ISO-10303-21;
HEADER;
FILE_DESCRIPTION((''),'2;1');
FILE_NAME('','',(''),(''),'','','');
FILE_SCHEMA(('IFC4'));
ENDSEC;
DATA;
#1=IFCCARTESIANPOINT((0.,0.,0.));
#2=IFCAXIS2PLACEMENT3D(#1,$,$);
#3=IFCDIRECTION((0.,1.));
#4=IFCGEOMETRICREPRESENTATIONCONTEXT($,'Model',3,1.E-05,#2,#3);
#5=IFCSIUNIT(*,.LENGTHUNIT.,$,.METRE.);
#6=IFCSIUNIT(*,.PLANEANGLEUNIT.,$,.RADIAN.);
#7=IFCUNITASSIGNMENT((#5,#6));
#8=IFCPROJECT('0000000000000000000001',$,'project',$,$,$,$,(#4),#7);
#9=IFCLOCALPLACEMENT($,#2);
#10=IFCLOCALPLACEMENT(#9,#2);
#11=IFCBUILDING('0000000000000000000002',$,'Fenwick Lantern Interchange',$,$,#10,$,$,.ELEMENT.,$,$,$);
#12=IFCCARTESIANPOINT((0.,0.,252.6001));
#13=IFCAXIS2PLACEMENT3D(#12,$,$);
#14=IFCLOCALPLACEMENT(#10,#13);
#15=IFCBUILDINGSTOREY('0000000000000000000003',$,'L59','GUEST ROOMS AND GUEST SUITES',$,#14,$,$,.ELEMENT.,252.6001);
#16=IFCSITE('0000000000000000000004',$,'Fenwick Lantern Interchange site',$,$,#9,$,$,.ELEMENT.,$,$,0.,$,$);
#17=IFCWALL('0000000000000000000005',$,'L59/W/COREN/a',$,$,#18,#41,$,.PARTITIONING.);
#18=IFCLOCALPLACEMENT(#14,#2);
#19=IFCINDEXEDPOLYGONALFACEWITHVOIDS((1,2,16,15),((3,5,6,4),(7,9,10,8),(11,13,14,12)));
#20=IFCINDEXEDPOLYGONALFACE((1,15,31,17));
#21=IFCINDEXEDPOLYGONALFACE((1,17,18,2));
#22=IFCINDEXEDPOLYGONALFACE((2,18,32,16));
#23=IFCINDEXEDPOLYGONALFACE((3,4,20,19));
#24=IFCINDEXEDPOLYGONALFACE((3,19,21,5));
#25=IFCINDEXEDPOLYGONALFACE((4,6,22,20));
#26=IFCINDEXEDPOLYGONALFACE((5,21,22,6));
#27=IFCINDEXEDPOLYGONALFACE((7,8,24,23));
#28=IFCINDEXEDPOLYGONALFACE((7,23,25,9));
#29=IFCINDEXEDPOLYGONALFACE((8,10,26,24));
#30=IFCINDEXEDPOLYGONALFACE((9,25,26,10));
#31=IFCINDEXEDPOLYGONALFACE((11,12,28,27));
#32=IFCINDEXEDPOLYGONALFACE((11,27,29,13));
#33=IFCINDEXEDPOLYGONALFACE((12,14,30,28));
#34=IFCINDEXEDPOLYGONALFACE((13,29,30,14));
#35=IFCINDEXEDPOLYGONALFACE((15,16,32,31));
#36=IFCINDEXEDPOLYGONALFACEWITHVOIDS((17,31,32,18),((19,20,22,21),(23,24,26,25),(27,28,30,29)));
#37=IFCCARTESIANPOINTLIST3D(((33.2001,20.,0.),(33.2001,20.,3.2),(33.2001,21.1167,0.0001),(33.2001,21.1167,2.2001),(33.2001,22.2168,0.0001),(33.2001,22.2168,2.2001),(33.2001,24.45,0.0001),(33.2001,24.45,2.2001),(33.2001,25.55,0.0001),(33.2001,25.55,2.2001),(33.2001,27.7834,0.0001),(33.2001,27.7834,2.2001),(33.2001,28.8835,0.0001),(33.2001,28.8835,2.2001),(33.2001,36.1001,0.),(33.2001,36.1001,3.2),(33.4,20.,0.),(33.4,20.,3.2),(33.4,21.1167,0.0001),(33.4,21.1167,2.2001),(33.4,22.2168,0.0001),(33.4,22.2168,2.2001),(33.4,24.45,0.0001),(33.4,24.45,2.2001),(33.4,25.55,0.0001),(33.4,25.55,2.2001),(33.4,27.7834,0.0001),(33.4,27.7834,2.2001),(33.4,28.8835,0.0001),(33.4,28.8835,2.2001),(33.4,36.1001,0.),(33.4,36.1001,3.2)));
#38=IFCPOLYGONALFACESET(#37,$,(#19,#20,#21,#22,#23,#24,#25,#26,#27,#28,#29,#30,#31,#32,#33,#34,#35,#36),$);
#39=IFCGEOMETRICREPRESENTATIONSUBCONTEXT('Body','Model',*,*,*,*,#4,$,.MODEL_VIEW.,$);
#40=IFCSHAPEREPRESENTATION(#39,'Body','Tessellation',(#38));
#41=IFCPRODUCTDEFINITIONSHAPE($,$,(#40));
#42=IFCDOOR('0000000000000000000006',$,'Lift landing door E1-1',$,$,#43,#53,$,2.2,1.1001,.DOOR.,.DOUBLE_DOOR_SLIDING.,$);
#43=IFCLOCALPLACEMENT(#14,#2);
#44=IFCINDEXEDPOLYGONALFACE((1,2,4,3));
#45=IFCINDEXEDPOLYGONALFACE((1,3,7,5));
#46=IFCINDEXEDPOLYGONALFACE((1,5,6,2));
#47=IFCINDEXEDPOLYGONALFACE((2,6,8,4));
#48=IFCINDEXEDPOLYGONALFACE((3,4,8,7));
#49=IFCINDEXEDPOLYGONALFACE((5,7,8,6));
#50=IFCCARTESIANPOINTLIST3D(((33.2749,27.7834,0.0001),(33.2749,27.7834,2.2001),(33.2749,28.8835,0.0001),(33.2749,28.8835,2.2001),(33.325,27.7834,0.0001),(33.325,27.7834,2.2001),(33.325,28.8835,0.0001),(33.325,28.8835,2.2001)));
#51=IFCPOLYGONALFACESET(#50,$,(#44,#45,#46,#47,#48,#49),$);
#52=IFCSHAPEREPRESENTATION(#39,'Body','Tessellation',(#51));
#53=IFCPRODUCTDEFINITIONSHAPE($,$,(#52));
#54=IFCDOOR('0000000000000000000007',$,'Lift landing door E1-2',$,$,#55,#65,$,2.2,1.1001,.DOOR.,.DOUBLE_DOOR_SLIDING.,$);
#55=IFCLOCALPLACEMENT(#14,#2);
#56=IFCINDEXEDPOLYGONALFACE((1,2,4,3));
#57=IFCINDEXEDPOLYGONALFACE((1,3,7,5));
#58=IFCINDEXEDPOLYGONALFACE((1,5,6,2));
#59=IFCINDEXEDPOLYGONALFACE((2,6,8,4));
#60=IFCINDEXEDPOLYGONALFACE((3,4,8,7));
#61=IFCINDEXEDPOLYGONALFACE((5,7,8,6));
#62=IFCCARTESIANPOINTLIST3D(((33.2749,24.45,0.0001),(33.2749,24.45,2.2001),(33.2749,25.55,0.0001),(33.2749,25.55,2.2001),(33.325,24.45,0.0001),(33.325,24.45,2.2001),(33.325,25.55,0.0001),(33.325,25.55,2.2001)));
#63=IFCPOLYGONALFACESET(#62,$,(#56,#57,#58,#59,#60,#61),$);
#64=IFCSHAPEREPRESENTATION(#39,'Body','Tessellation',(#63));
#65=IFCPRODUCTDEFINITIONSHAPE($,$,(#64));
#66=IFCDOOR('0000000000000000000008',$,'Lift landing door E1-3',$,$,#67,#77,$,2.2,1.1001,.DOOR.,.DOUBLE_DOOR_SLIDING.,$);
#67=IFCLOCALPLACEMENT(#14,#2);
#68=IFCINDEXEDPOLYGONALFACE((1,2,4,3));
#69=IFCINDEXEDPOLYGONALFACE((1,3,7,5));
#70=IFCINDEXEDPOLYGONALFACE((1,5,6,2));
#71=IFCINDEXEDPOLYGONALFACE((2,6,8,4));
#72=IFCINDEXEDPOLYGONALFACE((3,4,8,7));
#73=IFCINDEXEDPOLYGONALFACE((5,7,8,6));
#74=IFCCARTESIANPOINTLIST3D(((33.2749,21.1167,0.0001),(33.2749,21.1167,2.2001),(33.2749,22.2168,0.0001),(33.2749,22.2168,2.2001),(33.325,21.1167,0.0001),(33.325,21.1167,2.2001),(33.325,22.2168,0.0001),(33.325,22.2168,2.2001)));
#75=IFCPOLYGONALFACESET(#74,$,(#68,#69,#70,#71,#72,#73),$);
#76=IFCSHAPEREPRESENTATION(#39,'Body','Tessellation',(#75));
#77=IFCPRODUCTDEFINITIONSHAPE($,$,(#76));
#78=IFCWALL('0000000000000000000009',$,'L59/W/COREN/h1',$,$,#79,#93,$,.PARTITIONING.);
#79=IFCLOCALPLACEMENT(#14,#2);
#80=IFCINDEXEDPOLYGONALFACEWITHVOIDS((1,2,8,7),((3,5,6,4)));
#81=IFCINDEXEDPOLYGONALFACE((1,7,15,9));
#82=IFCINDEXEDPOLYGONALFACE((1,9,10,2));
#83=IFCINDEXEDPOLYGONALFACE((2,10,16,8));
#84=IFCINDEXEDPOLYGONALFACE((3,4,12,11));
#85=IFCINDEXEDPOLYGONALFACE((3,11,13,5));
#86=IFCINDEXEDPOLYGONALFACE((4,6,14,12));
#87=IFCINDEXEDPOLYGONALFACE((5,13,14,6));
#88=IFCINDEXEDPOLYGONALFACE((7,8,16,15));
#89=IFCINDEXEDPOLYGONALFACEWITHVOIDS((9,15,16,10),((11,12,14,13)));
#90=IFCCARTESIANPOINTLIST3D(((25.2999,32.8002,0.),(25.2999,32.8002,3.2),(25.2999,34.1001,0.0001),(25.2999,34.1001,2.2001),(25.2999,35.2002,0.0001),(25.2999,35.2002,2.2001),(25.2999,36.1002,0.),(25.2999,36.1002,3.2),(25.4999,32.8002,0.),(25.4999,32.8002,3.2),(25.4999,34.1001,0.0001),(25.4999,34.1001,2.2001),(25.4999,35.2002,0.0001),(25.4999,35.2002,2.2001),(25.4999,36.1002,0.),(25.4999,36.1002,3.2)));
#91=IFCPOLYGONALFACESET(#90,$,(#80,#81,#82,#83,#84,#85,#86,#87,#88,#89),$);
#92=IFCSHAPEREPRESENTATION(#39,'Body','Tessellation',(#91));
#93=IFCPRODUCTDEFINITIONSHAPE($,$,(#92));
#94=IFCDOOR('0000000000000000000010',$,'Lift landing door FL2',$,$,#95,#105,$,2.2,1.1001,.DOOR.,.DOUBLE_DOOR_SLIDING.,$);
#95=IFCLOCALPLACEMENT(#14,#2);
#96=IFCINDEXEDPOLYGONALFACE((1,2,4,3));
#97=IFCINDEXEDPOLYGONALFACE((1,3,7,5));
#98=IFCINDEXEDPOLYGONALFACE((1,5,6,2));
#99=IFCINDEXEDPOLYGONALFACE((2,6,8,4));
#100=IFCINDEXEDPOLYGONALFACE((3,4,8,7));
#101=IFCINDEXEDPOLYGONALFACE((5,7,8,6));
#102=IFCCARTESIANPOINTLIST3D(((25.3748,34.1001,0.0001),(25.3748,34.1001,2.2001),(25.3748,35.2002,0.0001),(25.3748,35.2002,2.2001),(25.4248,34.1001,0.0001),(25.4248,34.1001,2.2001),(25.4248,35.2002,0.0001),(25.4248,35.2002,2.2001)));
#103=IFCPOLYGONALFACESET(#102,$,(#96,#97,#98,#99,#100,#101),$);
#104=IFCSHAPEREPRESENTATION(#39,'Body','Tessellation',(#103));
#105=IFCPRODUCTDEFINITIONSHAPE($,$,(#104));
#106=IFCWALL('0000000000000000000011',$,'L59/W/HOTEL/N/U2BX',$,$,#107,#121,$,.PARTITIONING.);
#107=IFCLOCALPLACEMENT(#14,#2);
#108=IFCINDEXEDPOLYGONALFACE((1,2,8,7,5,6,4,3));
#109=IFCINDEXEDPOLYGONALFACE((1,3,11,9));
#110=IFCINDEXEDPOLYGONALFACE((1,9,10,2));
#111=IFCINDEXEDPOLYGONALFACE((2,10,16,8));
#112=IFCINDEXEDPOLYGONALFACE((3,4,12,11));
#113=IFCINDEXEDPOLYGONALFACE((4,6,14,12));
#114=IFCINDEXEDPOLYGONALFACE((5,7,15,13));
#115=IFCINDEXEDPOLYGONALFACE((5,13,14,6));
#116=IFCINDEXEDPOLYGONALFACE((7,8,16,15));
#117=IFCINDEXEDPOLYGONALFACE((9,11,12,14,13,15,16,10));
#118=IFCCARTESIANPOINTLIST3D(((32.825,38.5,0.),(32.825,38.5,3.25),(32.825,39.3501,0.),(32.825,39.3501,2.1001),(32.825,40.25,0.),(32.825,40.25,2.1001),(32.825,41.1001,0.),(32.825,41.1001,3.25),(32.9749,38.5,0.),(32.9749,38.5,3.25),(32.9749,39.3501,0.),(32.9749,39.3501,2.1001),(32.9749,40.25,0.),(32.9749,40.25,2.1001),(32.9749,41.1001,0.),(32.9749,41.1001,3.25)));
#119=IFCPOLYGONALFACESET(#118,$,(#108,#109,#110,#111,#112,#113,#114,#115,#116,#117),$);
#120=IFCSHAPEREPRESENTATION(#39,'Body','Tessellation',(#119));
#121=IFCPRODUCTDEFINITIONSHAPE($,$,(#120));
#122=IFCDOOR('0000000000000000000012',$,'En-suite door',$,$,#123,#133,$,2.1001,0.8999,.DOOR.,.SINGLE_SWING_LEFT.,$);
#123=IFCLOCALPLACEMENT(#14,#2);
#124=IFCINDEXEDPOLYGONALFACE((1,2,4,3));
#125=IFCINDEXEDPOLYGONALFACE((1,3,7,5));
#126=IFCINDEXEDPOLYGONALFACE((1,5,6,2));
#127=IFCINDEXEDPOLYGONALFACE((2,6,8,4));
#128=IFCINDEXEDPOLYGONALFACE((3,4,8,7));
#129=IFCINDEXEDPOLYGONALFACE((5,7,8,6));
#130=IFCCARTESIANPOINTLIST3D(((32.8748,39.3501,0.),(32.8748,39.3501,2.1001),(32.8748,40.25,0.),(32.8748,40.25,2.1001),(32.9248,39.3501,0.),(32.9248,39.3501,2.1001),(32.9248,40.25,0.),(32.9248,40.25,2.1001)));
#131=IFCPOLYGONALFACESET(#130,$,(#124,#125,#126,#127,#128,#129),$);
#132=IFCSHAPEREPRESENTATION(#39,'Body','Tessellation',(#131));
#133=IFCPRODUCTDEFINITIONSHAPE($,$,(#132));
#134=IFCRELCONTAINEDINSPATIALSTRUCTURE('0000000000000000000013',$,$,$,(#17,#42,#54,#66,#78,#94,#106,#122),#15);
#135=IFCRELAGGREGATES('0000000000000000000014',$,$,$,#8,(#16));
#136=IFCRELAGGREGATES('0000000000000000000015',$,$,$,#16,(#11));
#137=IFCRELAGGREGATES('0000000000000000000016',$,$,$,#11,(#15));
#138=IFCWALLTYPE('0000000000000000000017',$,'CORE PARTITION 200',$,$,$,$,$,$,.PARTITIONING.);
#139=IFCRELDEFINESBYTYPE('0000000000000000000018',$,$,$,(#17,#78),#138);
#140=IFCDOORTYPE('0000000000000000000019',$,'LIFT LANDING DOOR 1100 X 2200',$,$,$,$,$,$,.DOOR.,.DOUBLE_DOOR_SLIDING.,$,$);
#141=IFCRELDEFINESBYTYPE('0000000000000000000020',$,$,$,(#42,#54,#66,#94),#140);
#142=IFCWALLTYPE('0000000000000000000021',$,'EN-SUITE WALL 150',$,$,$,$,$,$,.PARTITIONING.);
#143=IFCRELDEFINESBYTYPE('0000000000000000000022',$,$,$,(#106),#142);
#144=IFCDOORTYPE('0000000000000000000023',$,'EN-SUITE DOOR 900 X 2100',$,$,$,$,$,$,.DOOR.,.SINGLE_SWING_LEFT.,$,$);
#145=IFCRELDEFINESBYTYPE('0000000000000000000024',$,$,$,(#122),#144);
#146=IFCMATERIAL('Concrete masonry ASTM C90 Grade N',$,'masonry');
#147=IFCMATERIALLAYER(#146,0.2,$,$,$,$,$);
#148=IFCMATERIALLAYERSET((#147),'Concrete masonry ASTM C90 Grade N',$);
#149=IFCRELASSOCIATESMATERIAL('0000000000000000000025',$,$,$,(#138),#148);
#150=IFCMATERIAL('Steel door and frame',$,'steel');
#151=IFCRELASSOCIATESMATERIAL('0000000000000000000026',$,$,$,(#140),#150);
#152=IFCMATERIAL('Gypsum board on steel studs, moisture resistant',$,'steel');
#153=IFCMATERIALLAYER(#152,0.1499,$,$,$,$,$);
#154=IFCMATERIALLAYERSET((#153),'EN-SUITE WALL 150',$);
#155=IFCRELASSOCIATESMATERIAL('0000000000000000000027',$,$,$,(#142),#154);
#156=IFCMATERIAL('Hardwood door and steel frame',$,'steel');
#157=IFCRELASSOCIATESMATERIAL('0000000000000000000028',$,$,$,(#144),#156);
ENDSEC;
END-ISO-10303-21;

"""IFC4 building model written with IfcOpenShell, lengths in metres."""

from ifc_helpers import new_model, si_unit, direction, frame, frame_2d, origin, place, context, subcontext, project, spatial, rectangle, extrude, material, layer, layer_set, type_object, element, fill, save


model = new_model("IFC4")

# Units and contexts
model_context = context("Model", 3, precision=1e-05, world=origin(), true_north=direction((0.0, 1.0)))
body_context = subcontext(model_context, "Body", "Model", "MODEL_VIEW")
ifc_project = project(units=[si_unit("LENGTHUNIT", "METRE"), si_unit("PLANEANGLEUNIT", "RADIAN")], contexts=[model_context])

# Site, building, storey
site_placement = place(None, origin())
site = spatial("IfcSite", under=ifc_project, at=site_placement, Name="Fenwick Lantern Interchange site", CompositionType="ELEMENT", RefElevation=0.0)
building_placement = place(site_placement, origin())
building = spatial("IfcBuilding", under=site, at=building_placement, Name="Fenwick Lantern Interchange", CompositionType="ELEMENT")
storey_placement = place(building_placement, frame((0.0, 0.0, 252.6001)))
storey = spatial("IfcBuildingStorey", under=building, at=storey_placement, Name="L59", Description="GUEST ROOMS AND GUEST SUITES", CompositionType="ELEMENT", Elevation=252.6001)

# Wall, openings, doors
ifc_material_1 = material(Name="Concrete masonry ASTM C90 Grade N", Category="masonry")
ifc_layer_1 = layer(ifc_material_1, 0.2)
ifc_layer_set_1 = layer_set([ifc_layer_1], Name="Concrete masonry ASTM C90 Grade N")
wall_type_1 = type_object("IfcWallType", Name="CORE PARTITION 200", PredefinedType="PARTITIONING", material=ifc_layer_set_1)
wall_1_placement = place(storey_placement, frame((33.3, 36.1001, 0.0), z_axis=(0.0, 0.0, 1.0), x_axis=(0.0, -1.0, 0.0)))
wall_1 = element("IfcWall", 1, at=wall_1_placement, inside=storey, type_object=wall_type_1, Name="L59/W/COREN/a", PredefinedType="PARTITIONING", context=body_context, shape_type="SweptSolid", body=[
    extrude(rectangle(XDim=16.1001, YDim=0.2, at=frame_2d((8.05, 0.0))), origin(), (0.0, 0.0, 1.0), 3.2),
])
opening_1_placement = place(wall_1_placement, frame((7.2166, 0.0, 0.0)))
opening_1 = element("IfcOpeningElement", 2, at=opening_1_placement, cuts=wall_1, PredefinedType="OPENING", context=body_context, shape_type="SweptSolid", body=[
    extrude(rectangle(XDim=1.1001, YDim=2.2, at=frame_2d((0.55, 1.1001))), frame((0.0, 0.1099, 0.0), z_axis=(0.0, -1.0, 0.0), x_axis=(1.0, 0.0, 0.0)), (0.0, 0.0, 1.0), 0.22),
])
opening_2_placement = place(wall_1_placement, frame((10.55, 0.0, 0.0)))
opening_2 = element("IfcOpeningElement", 3, at=opening_2_placement, cuts=wall_1, PredefinedType="OPENING", context=body_context, shape_type="SweptSolid", body=[
    extrude(rectangle(XDim=1.1001, YDim=2.2, at=frame_2d((0.55, 1.1001))), frame((0.0, 0.1099, 0.0), z_axis=(0.0, -1.0, 0.0), x_axis=(1.0, 0.0, 0.0)), (0.0, 0.0, 1.0), 0.22),
])
opening_3_placement = place(wall_1_placement, frame((13.8833, 0.0, 0.0)))
opening_3 = element("IfcOpeningElement", 4, at=opening_3_placement, cuts=wall_1, PredefinedType="OPENING", context=body_context, shape_type="SweptSolid", body=[
    extrude(rectangle(XDim=1.1001, YDim=2.2, at=frame_2d((0.55, 1.1001))), frame((0.0, 0.1099, 0.0), z_axis=(0.0, -1.0, 0.0), x_axis=(1.0, 0.0, 0.0)), (0.0, 0.0, 1.0), 0.22),
])
ifc_material_2 = material(Name="Steel door and frame", Category="steel")
door_type_1 = type_object("IfcDoorType", Name="LIFT LANDING DOOR 1100 X 2200", OperationType="DOUBLE_DOOR_SLIDING", PredefinedType="DOOR", material=ifc_material_2)
door_1_placement = place(opening_1_placement, origin())
door_1 = element("IfcDoor", 5, at=door_1_placement, inside=storey, type_object=door_type_1, Name="Lift landing door E1-1", OperationType="DOUBLE_DOOR_SLIDING", OverallHeight=2.2, OverallWidth=1.1001, PredefinedType="DOOR", context=body_context, shape_type="SweptSolid", body=[
    extrude(rectangle(XDim=1.1001, YDim=2.2, at=frame_2d((0.55, 1.1001))), frame((0.0, 0.0249, 0.0), z_axis=(0.0, -1.0, 0.0), x_axis=(1.0, 0.0, 0.0)), (0.0, 0.0, 1.0), 0.05),
])
fill(opening_1, door_1)
door_2_placement = place(opening_2_placement, origin())
door_2 = element("IfcDoor", 6, at=door_2_placement, inside=storey, type_object=door_type_1, Name="Lift landing door E1-2", OperationType="DOUBLE_DOOR_SLIDING", OverallHeight=2.2, OverallWidth=1.1001, PredefinedType="DOOR", context=body_context, shape_type="SweptSolid", body=[
    extrude(rectangle(XDim=1.1001, YDim=2.2, at=frame_2d((0.55, 1.1001))), frame((0.0, 0.0249, 0.0), z_axis=(0.0, -1.0, 0.0), x_axis=(1.0, 0.0, 0.0)), (0.0, 0.0, 1.0), 0.05),
])
fill(opening_2, door_2)
door_3_placement = place(opening_3_placement, origin())
door_3 = element("IfcDoor", 7, at=door_3_placement, inside=storey, type_object=door_type_1, Name="Lift landing door E1-3", OperationType="DOUBLE_DOOR_SLIDING", OverallHeight=2.2, OverallWidth=1.1001, PredefinedType="DOOR", context=body_context, shape_type="SweptSolid", body=[
    extrude(rectangle(XDim=1.1001, YDim=2.2, at=frame_2d((0.55, 1.1001))), frame((0.0, 0.0249, 0.0), z_axis=(0.0, -1.0, 0.0), x_axis=(1.0, 0.0, 0.0)), (0.0, 0.0, 1.0), 0.05),
])
fill(opening_3, door_3)

# Walls, openings, doors
wall_2_placement = place(storey_placement, frame((25.3999, 36.1001, 0.0), z_axis=(0.0, 0.0, 1.0), x_axis=(0.0, -1.0, 0.0)))
wall_2 = element("IfcWall", 8, at=wall_2_placement, inside=storey, type_object=wall_type_1, Name="L59/W/COREN/h1", PredefinedType="PARTITIONING", context=body_context, shape_type="SweptSolid", body=[
    extrude(rectangle(XDim=3.3, YDim=0.2, at=frame_2d((1.6499, 0.0))), origin(), (0.0, 0.0, 1.0), 3.2),
])
opening_4_placement = place(wall_2_placement, frame((0.8999, 0.0, 0.0)))
opening_4 = element("IfcOpeningElement", 9, at=opening_4_placement, cuts=wall_2, PredefinedType="OPENING", context=body_context, shape_type="SweptSolid", body=[
    extrude(rectangle(XDim=1.1001, YDim=2.2, at=frame_2d((0.55, 1.1001))), frame((0.0, 0.1099, 0.0), z_axis=(0.0, -1.0, 0.0), x_axis=(1.0, 0.0, 0.0)), (0.0, 0.0, 1.0), 0.22),
])
door_4_placement = place(opening_4_placement, origin())
door_4 = element("IfcDoor", 10, at=door_4_placement, inside=storey, type_object=door_type_1, Name="Lift landing door FL2", OperationType="DOUBLE_DOOR_SLIDING", OverallHeight=2.2, OverallWidth=1.1001, PredefinedType="DOOR", context=body_context, shape_type="SweptSolid", body=[
    extrude(rectangle(XDim=1.1001, YDim=2.2, at=frame_2d((0.55, 1.1001))), frame((0.0, 0.0249, 0.0), z_axis=(0.0, -1.0, 0.0), x_axis=(1.0, 0.0, 0.0)), (0.0, 0.0, 1.0), 0.05),
])
fill(opening_4, door_4)
ifc_material_3 = material(Name="Gypsum board on steel studs, moisture resistant", Category="steel")
ifc_layer_2 = layer(ifc_material_3, 0.1499)
ifc_layer_set_2 = layer_set([ifc_layer_2], Name="EN-SUITE WALL 150")
wall_type_2 = type_object("IfcWallType", Name="EN-SUITE WALL 150", PredefinedType="PARTITIONING", material=ifc_layer_set_2)
wall_3_placement = place(storey_placement, frame((32.8999, 41.1001, 0.0), z_axis=(0.0, 0.0, 1.0), x_axis=(0.0, -1.0, 0.0)))
wall_3 = element("IfcWall", 11, at=wall_3_placement, inside=storey, type_object=wall_type_2, Name="L59/W/HOTEL/N/U2BX", PredefinedType="PARTITIONING", context=body_context, shape_type="SweptSolid", body=[
    extrude(rectangle(XDim=2.6001, YDim=0.1499, at=frame_2d((1.3, 0.0))), origin(), (0.0, 0.0, 1.0), 3.25),
])
opening_5_placement = place(wall_3_placement, frame((0.8501, 0.0, 0.0)))
opening_5 = element("IfcOpeningElement", 12, at=opening_5_placement, cuts=wall_3, PredefinedType="OPENING", context=body_context, shape_type="SweptSolid", body=[
    extrude(rectangle(XDim=0.8999, YDim=2.1001, at=frame_2d((0.45, 1.05))), frame((0.0, 0.085, 0.0), z_axis=(0.0, -1.0, 0.0), x_axis=(1.0, 0.0, 0.0)), (0.0, 0.0, 1.0), 0.1699),
])
ifc_material_4 = material(Name="Hardwood door and steel frame", Category="steel")
door_type_2 = type_object("IfcDoorType", Name="EN-SUITE DOOR 900 X 2100", OperationType="SINGLE_SWING_LEFT", PredefinedType="DOOR", material=ifc_material_4)
door_5_placement = place(opening_5_placement, origin())
door_5 = element("IfcDoor", 13, at=door_5_placement, inside=storey, type_object=door_type_2, Name="En-suite door", OperationType="SINGLE_SWING_LEFT", OverallHeight=2.1001, OverallWidth=0.8999, PredefinedType="DOOR", context=body_context, shape_type="SweptSolid", body=[
    extrude(rectangle(XDim=0.8999, YDim=2.1001, at=frame_2d((0.45, 1.05))), frame((0.0, 0.0249, 0.0), z_axis=(0.0, -1.0, 0.0), x_axis=(1.0, 0.0, 0.0)), (0.0, 0.0, 1.0), 0.05),
])
fill(opening_5, door_5)

save(model, "model.ifc")
